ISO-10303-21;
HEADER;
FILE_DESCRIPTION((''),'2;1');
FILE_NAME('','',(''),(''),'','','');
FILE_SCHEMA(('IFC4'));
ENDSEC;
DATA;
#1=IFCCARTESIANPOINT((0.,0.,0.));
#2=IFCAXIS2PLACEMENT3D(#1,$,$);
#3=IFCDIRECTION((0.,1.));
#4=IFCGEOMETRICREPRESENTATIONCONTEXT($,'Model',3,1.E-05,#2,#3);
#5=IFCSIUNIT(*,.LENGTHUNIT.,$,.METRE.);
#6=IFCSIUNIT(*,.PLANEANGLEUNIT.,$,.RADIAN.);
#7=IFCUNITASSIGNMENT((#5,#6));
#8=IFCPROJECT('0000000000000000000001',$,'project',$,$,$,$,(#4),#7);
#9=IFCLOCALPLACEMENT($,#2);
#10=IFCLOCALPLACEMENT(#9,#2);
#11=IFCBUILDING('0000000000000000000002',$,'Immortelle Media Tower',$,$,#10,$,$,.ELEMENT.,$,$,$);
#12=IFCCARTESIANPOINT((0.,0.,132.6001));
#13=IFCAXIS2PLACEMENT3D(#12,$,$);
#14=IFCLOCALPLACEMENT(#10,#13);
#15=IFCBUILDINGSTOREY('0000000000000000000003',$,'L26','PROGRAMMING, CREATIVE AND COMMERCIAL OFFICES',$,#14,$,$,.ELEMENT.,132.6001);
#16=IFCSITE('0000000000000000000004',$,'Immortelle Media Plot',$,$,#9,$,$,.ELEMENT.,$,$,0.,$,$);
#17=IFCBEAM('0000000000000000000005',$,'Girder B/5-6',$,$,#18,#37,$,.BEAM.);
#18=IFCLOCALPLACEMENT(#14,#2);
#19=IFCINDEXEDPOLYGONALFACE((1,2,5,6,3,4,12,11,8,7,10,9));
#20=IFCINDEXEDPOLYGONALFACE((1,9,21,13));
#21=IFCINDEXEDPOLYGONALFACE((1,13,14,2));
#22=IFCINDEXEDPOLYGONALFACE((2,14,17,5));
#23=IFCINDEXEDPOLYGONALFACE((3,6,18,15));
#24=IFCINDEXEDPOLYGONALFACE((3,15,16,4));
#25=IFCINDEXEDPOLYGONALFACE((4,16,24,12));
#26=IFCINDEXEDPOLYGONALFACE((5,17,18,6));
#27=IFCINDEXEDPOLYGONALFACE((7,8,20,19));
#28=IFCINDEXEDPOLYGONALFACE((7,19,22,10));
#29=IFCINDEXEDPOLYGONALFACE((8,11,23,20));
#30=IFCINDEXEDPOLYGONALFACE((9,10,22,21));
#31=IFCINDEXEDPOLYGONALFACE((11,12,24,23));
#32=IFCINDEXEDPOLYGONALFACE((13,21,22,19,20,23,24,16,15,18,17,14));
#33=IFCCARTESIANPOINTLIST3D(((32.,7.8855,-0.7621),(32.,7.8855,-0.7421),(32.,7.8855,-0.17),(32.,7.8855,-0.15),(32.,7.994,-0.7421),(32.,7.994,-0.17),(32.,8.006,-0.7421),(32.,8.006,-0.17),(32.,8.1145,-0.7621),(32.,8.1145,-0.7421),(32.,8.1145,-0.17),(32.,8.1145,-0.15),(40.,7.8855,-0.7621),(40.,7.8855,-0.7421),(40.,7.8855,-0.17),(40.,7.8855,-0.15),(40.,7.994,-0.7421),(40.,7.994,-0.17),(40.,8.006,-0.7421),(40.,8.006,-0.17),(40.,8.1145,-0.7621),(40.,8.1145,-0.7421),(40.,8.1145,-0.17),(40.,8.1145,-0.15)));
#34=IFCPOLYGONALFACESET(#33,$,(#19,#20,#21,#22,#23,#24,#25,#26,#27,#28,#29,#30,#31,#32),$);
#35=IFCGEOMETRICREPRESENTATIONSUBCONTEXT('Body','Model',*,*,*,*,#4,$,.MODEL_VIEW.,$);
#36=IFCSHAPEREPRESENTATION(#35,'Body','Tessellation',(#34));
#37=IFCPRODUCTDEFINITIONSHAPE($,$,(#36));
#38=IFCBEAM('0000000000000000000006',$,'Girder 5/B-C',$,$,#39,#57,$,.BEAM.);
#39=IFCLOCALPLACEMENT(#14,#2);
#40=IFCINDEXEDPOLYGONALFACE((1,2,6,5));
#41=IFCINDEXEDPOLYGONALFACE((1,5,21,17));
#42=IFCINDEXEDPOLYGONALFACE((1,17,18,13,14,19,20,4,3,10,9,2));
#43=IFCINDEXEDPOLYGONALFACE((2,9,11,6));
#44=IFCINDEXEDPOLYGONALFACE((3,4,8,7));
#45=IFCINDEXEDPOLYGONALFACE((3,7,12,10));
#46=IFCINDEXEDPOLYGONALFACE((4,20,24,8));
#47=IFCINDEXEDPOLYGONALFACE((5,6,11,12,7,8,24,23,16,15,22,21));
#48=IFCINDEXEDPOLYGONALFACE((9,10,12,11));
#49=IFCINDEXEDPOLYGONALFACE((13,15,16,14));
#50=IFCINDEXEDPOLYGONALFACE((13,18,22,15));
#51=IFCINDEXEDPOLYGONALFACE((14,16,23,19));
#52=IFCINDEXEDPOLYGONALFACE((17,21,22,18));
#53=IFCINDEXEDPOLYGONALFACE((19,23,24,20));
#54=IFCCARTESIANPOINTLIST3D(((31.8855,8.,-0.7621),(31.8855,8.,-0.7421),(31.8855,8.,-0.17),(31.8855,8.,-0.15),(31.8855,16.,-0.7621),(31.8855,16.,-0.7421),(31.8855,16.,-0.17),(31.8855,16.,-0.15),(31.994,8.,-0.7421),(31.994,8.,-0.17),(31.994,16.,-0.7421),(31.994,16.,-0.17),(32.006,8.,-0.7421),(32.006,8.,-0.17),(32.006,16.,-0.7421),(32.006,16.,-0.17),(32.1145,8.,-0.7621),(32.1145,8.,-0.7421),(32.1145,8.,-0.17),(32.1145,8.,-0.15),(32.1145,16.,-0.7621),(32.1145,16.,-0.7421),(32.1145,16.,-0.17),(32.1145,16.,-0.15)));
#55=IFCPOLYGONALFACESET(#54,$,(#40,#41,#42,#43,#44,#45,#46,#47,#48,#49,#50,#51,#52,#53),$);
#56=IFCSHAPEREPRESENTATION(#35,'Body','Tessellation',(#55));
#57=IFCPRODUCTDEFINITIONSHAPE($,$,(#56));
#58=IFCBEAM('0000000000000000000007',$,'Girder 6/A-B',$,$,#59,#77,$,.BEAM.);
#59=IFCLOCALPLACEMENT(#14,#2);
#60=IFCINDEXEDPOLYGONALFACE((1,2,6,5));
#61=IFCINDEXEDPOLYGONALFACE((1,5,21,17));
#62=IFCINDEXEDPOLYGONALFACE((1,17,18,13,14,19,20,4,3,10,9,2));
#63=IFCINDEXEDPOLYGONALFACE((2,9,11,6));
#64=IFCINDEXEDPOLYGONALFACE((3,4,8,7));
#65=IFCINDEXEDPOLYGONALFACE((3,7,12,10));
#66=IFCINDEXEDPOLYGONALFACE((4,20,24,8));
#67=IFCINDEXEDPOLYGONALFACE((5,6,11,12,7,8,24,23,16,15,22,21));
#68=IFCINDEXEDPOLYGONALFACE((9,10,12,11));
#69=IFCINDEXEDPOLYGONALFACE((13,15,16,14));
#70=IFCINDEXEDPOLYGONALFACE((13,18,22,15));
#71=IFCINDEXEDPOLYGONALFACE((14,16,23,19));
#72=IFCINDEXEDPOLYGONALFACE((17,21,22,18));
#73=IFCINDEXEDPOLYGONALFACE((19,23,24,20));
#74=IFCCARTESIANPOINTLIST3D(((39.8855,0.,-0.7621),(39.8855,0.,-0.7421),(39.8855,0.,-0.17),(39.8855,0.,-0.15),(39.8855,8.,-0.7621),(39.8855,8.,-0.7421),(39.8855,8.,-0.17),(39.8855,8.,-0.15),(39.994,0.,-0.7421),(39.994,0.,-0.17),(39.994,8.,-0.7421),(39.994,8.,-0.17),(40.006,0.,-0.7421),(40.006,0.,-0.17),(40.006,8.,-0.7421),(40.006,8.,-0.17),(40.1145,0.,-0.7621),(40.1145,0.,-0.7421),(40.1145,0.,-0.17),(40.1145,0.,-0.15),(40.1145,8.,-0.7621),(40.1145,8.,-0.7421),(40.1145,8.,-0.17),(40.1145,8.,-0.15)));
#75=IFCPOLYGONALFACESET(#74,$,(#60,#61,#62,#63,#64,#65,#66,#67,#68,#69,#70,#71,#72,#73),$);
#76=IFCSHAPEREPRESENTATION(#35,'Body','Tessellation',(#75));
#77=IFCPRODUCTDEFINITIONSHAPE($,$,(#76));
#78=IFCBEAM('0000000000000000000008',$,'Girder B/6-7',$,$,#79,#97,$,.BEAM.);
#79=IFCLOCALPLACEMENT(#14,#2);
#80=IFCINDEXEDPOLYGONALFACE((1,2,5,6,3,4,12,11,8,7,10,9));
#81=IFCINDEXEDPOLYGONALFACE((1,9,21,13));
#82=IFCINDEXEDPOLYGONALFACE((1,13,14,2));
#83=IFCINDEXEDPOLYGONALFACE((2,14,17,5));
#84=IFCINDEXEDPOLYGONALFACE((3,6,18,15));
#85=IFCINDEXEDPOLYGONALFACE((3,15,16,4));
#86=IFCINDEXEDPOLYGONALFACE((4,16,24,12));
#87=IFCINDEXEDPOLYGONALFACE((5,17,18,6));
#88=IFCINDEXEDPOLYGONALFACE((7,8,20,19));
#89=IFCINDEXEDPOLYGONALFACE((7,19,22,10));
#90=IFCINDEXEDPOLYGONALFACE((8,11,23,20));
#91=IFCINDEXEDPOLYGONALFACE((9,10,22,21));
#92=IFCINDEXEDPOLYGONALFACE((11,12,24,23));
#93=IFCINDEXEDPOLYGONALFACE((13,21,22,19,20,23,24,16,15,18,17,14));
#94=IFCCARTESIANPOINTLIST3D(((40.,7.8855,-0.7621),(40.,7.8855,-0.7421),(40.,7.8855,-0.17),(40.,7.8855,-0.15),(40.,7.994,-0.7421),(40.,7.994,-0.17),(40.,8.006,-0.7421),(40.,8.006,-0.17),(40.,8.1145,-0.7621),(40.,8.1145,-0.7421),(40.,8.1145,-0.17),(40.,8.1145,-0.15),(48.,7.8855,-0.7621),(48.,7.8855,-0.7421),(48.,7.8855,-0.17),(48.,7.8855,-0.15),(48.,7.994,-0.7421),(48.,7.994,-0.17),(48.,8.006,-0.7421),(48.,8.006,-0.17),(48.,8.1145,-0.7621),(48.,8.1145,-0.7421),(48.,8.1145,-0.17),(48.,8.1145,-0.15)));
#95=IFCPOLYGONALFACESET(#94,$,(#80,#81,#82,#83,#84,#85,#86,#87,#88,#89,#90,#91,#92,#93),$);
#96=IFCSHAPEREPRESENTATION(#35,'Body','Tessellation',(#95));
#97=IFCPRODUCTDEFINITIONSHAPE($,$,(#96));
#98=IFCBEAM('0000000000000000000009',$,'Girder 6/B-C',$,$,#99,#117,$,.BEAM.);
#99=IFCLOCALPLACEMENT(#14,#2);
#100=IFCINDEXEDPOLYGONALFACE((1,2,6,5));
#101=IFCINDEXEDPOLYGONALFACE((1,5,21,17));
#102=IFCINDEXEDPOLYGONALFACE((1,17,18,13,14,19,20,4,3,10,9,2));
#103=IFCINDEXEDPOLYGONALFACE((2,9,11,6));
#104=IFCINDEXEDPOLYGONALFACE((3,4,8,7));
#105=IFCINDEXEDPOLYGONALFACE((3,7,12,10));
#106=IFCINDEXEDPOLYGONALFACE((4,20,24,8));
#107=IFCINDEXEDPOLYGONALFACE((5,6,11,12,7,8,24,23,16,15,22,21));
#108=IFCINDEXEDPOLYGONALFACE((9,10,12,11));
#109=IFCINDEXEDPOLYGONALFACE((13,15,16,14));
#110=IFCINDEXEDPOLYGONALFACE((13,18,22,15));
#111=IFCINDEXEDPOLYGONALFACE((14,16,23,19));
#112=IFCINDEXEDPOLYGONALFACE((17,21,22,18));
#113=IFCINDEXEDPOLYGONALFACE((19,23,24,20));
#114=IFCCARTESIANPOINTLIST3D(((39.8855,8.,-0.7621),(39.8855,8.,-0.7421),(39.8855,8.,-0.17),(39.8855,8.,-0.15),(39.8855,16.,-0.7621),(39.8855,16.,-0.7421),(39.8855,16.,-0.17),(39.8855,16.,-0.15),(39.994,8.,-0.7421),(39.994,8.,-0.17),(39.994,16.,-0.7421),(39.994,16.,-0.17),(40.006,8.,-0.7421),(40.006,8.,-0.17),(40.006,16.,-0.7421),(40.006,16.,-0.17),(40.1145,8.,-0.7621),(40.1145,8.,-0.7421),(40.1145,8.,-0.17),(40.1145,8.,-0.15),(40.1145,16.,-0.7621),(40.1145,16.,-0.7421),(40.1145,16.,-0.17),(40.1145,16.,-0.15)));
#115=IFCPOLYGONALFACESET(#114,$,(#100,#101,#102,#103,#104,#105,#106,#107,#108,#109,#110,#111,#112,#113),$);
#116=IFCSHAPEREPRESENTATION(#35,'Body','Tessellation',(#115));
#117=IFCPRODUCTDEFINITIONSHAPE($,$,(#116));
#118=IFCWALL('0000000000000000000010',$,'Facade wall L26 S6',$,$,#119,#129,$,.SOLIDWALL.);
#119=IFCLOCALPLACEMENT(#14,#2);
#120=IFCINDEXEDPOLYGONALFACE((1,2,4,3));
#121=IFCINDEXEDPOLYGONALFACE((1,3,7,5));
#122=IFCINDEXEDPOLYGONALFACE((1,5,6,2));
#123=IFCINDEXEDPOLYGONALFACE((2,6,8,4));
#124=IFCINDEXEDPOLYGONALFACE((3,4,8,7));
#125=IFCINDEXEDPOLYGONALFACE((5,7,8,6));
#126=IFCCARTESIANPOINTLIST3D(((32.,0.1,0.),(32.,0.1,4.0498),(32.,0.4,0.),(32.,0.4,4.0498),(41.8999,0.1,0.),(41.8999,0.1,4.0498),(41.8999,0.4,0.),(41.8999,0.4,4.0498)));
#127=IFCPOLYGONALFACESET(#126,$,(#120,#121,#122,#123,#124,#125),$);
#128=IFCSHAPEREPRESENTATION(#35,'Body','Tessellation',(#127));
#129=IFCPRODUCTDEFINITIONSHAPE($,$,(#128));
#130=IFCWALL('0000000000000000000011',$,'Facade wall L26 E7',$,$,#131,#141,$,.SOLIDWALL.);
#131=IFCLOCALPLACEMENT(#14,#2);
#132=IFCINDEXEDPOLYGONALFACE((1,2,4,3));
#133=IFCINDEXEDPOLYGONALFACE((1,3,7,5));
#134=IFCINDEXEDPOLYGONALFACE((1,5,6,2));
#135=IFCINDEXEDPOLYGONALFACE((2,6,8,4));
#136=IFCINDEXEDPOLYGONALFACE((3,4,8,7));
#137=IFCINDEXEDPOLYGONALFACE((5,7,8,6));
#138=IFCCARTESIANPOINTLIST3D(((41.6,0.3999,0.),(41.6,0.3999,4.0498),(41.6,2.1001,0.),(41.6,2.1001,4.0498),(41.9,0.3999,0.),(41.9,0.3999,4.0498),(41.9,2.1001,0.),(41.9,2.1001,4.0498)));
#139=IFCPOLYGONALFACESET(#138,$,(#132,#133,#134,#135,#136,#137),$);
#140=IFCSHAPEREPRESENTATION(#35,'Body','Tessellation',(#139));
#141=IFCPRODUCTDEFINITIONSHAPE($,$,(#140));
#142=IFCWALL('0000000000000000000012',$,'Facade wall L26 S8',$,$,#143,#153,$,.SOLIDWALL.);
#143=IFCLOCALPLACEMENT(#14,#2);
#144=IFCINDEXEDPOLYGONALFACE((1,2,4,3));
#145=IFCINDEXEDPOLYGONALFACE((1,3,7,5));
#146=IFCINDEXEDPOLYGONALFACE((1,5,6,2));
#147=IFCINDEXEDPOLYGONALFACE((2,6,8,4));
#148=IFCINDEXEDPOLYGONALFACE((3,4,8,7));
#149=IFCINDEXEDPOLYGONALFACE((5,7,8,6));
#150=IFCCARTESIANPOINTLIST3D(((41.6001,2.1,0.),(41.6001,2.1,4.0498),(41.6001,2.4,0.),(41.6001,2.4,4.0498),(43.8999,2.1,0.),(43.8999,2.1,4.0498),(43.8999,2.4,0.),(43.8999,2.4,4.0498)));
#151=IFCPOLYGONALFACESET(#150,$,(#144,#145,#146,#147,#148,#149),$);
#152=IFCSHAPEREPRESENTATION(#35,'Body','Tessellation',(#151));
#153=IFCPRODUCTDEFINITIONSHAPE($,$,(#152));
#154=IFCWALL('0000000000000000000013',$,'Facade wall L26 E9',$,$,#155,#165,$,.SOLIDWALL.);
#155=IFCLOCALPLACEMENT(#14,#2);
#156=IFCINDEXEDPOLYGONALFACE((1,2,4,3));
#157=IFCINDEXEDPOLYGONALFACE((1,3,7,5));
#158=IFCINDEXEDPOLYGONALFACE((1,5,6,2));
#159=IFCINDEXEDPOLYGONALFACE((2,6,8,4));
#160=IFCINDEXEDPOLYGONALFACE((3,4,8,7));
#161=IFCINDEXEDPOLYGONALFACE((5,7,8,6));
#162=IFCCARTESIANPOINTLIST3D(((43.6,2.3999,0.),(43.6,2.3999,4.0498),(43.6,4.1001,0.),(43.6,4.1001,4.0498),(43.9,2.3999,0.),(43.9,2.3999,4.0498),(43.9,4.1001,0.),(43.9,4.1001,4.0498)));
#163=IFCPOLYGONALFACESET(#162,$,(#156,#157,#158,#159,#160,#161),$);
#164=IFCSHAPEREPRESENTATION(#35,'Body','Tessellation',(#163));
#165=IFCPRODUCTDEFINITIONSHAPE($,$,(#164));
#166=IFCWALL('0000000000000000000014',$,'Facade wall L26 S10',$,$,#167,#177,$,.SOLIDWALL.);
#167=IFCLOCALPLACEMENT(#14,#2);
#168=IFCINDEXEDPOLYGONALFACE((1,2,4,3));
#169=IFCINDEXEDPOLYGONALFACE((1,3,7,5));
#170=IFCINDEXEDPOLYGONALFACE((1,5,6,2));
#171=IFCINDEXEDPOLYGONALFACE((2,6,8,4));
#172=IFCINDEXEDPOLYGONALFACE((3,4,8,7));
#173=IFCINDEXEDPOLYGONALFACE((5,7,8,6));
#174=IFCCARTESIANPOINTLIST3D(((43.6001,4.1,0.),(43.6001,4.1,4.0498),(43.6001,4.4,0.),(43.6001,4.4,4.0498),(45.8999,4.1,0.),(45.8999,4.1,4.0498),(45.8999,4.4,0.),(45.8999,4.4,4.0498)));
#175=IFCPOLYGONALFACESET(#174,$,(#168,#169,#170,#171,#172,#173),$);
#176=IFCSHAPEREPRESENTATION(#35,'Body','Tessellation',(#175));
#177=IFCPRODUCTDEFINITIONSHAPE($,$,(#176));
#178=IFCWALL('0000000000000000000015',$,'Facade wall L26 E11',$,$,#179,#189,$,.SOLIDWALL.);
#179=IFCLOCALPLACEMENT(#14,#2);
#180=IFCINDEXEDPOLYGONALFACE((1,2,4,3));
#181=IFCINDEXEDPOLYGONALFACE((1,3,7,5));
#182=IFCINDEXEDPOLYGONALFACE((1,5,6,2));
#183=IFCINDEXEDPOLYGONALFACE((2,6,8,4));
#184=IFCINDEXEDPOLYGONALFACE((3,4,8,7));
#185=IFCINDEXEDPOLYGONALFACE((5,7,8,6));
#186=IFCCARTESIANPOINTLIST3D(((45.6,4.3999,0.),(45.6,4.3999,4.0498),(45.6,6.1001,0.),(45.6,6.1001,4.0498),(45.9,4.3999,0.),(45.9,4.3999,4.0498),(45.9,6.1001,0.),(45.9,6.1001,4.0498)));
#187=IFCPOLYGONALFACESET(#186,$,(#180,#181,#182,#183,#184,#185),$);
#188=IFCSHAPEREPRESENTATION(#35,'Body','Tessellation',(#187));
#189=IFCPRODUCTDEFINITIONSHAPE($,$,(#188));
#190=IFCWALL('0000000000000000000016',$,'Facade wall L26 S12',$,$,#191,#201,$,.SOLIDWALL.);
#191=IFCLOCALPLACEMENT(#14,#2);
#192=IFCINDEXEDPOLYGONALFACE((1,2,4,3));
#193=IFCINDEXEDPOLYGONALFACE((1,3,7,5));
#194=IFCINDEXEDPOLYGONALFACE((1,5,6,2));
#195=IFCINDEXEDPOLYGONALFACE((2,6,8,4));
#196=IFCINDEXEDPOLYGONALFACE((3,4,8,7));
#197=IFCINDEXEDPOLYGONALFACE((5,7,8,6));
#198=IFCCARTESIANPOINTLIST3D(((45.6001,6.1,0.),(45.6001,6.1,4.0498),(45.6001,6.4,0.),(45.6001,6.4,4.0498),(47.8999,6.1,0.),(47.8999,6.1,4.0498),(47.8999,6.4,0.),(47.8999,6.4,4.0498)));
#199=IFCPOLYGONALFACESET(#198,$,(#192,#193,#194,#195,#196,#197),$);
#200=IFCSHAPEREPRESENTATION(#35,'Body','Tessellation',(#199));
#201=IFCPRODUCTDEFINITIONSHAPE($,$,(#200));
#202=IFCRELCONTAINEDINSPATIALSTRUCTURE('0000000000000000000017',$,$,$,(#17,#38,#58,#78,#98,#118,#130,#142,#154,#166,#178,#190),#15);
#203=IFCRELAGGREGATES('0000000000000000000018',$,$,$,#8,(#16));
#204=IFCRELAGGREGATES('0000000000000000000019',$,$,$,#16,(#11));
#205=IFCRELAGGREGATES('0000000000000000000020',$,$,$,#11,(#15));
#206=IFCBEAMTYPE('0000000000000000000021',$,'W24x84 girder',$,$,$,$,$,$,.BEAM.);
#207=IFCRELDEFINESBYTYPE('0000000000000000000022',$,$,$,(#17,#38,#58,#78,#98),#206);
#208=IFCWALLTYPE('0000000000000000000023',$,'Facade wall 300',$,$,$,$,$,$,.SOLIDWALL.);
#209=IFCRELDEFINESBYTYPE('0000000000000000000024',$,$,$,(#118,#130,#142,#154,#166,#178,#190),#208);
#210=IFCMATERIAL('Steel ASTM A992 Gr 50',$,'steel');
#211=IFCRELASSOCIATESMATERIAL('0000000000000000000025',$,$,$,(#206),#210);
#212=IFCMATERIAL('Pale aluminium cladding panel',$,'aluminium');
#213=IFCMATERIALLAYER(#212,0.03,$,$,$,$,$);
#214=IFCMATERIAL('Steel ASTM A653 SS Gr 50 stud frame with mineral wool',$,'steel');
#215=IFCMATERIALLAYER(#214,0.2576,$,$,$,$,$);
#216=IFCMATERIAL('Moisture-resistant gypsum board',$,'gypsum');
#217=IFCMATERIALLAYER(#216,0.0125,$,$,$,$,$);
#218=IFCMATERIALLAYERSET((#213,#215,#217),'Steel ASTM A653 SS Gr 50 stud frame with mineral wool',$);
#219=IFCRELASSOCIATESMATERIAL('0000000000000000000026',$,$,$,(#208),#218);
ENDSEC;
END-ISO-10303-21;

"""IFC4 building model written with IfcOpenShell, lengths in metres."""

from ifc_helpers import new_model, si_unit, direction, frame, frame_2d, origin, origin_2d, place, context, subcontext, project, spatial, rectangle, i_section, extrude, material, layer, layer_set, material_profile, profile_set, type_object, element, save


model = new_model("IFC4")

# Units and contexts
model_context = context("Model", 3, precision=1e-05, world=origin(), true_north=direction((0.0, 1.0)))
body_context = subcontext(model_context, "Body", "Model", "MODEL_VIEW")
ifc_project = project(units=[si_unit("LENGTHUNIT", "METRE"), si_unit("PLANEANGLEUNIT", "RADIAN")], contexts=[model_context])

# Site, building, storey
site_placement = place(None, origin())
site = spatial("IfcSite", under=ifc_project, at=site_placement, Name="Immortelle Media Plot", CompositionType="ELEMENT", RefElevation=0.0)
building_placement = place(site_placement, origin())
building = spatial("IfcBuilding", under=site, at=building_placement, Name="Immortelle Media Tower", CompositionType="ELEMENT")
storey_placement = place(building_placement, frame((0.0, 0.0, 132.6001)))
storey = spatial("IfcBuildingStorey", under=building, at=storey_placement, Name="L26", Description="PROGRAMMING, CREATIVE AND COMMERCIAL OFFICES", CompositionType="ELEMENT", Elevation=132.6001)

# Shared definitions
ifc_material_1 = material(Name="Steel ASTM A992 Gr 50", Category="steel")

# Beams
ifc_material_profile_1 = material_profile(ifc_material_1, i_section(OverallWidth=0.229, OverallDepth=0.6121, WebThickness=0.012, FlangeThickness=0.02, at=origin_2d()), Name="W24x84")
ifc_profile_set_1 = profile_set([ifc_material_profile_1], Name="Steel ASTM A992 Gr 50")
beam_type_1 = type_object("IfcBeamType", Name="W24x84 girder", PredefinedType="BEAM", material=ifc_profile_set_1)
for number, where, z_axis, x_axis, name in (
    (1, (32.0, 8.0, -0.4561), (1.0, 0.0, 0.0), (0.0, 1.0, 0.0), "Girder B/5-6"),
    (2, (32.0, 8.0, -0.4561), (0.0, 1.0, 0.0), (-1.0, 0.0, 0.0), "Girder 5/B-C"),
    (3, (40.0, 0.0, -0.4561), (0.0, 1.0, 0.0), (-1.0, 0.0, 0.0), "Girder 6/A-B"),
    (4, (40.0, 8.0, -0.4561), (1.0, 0.0, 0.0), (0.0, 1.0, 0.0), "Girder B/6-7"),
    (5, (40.0, 8.0, -0.4561), (0.0, 1.0, 0.0), (-1.0, 0.0, 0.0), "Girder 6/B-C"),
):
    element("IfcBeam", number, at=place(storey_placement, frame(where, z_axis=z_axis, x_axis=x_axis)), inside=storey, type_object=beam_type_1, Name=name, PredefinedType="BEAM", context=body_context, shape_type="SweptSolid", body=[
        extrude(i_section(OverallWidth=0.229, OverallDepth=0.6121, WebThickness=0.012, FlangeThickness=0.02, at=origin_2d()), origin(), (0.0, 0.0, 1.0), 8.0),
    ])

# Walls
ifc_material_2 = material(Name="Pale aluminium cladding panel", Category="aluminium")
ifc_layer_1 = layer(ifc_material_2, 0.03)
ifc_material_3 = material(Name="Steel ASTM A653 SS Gr 50 stud frame with mineral wool", Category="steel")
ifc_layer_2 = layer(ifc_material_3, 0.2576)
ifc_material_4 = material(Name="Moisture-resistant gypsum board", Category="gypsum")
ifc_layer_3 = layer(ifc_material_4, 0.0125)
ifc_layer_set = layer_set([ifc_layer_1, ifc_layer_2, ifc_layer_3], Name="Steel ASTM A653 SS Gr 50 stud frame with mineral wool")
wall_type = type_object("IfcWallType", Name="Facade wall 300", PredefinedType="SOLIDWALL", material=ifc_layer_set)
wall_1_placement = place(storey_placement, frame((32.0, 0.25, 0.0), z_axis=(0.0, 0.0, 1.0), x_axis=(1.0, 0.0, 0.0)))
element("IfcWall", 6, at=wall_1_placement, inside=storey, type_object=wall_type, Name="Facade wall L26 S6", PredefinedType="SOLIDWALL", context=body_context, shape_type="SweptSolid", body=[
    extrude(rectangle(XDim=9.8999, YDim=0.3, at=frame_2d((4.95, 0.0))), origin(), (0.0, 0.0, 1.0), 4.0498),
])
wall_2_placement = place(storey_placement, frame((41.75, 0.3999, 0.0), z_axis=(0.0, 0.0, 1.0), x_axis=(0.0, 1.0, 0.0)))
element("IfcWall", 7, at=wall_2_placement, inside=storey, type_object=wall_type, Name="Facade wall L26 E7", PredefinedType="SOLIDWALL", context=body_context, shape_type="SweptSolid", body=[
    extrude(rectangle(XDim=1.7002, YDim=0.3, at=frame_2d((0.8501, 0.0))), origin(), (0.0, 0.0, 1.0), 4.0498),
])
wall_3_placement = place(storey_placement, frame((41.6001, 2.25, 0.0), z_axis=(0.0, 0.0, 1.0), x_axis=(1.0, 0.0, 0.0)))
element("IfcWall", 8, at=wall_3_placement, inside=storey, type_object=wall_type, Name="Facade wall L26 S8", PredefinedType="SOLIDWALL", context=body_context, shape_type="SweptSolid", body=[
    extrude(rectangle(XDim=2.2998, YDim=0.3, at=frame_2d((1.1499, 0.0))), origin(), (0.0, 0.0, 1.0), 4.0498),
])
wall_4_placement = place(storey_placement, frame((43.75, 2.3999, 0.0), z_axis=(0.0, 0.0, 1.0), x_axis=(0.0, 1.0, 0.0)))
element("IfcWall", 9, at=wall_4_placement, inside=storey, type_object=wall_type, Name="Facade wall L26 E9", PredefinedType="SOLIDWALL", context=body_context, shape_type="SweptSolid", body=[
    extrude(rectangle(XDim=1.7002, YDim=0.3, at=frame_2d((0.8501, 0.0))), origin(), (0.0, 0.0, 1.0), 4.0498),
])
wall_5_placement = place(storey_placement, frame((43.6001, 4.25, 0.0), z_axis=(0.0, 0.0, 1.0), x_axis=(1.0, 0.0, 0.0)))
element("IfcWall", 10, at=wall_5_placement, inside=storey, type_object=wall_type, Name="Facade wall L26 S10", PredefinedType="SOLIDWALL", context=body_context, shape_type="SweptSolid", body=[
    extrude(rectangle(XDim=2.2998, YDim=0.3, at=frame_2d((1.1499, 0.0))), origin(), (0.0, 0.0, 1.0), 4.0498),
])
wall_6_placement = place(storey_placement, frame((45.75, 4.3999, 0.0), z_axis=(0.0, 0.0, 1.0), x_axis=(0.0, 1.0, 0.0)))
element("IfcWall", 11, at=wall_6_placement, inside=storey, type_object=wall_type, Name="Facade wall L26 E11", PredefinedType="SOLIDWALL", context=body_context, shape_type="SweptSolid", body=[
    extrude(rectangle(XDim=1.7002, YDim=0.3, at=frame_2d((0.8501, 0.0))), origin(), (0.0, 0.0, 1.0), 4.0498),
])
wall_7_placement = place(storey_placement, frame((45.6001, 6.25, 0.0), z_axis=(0.0, 0.0, 1.0), x_axis=(1.0, 0.0, 0.0)))
element("IfcWall", 12, at=wall_7_placement, inside=storey, type_object=wall_type, Name="Facade wall L26 S12", PredefinedType="SOLIDWALL", context=body_context, shape_type="SweptSolid", body=[
    extrude(rectangle(XDim=2.2998, YDim=0.3, at=frame_2d((1.1499, 0.0))), origin(), (0.0, 0.0, 1.0), 4.0498),
])

save(model, "model.ifc")
